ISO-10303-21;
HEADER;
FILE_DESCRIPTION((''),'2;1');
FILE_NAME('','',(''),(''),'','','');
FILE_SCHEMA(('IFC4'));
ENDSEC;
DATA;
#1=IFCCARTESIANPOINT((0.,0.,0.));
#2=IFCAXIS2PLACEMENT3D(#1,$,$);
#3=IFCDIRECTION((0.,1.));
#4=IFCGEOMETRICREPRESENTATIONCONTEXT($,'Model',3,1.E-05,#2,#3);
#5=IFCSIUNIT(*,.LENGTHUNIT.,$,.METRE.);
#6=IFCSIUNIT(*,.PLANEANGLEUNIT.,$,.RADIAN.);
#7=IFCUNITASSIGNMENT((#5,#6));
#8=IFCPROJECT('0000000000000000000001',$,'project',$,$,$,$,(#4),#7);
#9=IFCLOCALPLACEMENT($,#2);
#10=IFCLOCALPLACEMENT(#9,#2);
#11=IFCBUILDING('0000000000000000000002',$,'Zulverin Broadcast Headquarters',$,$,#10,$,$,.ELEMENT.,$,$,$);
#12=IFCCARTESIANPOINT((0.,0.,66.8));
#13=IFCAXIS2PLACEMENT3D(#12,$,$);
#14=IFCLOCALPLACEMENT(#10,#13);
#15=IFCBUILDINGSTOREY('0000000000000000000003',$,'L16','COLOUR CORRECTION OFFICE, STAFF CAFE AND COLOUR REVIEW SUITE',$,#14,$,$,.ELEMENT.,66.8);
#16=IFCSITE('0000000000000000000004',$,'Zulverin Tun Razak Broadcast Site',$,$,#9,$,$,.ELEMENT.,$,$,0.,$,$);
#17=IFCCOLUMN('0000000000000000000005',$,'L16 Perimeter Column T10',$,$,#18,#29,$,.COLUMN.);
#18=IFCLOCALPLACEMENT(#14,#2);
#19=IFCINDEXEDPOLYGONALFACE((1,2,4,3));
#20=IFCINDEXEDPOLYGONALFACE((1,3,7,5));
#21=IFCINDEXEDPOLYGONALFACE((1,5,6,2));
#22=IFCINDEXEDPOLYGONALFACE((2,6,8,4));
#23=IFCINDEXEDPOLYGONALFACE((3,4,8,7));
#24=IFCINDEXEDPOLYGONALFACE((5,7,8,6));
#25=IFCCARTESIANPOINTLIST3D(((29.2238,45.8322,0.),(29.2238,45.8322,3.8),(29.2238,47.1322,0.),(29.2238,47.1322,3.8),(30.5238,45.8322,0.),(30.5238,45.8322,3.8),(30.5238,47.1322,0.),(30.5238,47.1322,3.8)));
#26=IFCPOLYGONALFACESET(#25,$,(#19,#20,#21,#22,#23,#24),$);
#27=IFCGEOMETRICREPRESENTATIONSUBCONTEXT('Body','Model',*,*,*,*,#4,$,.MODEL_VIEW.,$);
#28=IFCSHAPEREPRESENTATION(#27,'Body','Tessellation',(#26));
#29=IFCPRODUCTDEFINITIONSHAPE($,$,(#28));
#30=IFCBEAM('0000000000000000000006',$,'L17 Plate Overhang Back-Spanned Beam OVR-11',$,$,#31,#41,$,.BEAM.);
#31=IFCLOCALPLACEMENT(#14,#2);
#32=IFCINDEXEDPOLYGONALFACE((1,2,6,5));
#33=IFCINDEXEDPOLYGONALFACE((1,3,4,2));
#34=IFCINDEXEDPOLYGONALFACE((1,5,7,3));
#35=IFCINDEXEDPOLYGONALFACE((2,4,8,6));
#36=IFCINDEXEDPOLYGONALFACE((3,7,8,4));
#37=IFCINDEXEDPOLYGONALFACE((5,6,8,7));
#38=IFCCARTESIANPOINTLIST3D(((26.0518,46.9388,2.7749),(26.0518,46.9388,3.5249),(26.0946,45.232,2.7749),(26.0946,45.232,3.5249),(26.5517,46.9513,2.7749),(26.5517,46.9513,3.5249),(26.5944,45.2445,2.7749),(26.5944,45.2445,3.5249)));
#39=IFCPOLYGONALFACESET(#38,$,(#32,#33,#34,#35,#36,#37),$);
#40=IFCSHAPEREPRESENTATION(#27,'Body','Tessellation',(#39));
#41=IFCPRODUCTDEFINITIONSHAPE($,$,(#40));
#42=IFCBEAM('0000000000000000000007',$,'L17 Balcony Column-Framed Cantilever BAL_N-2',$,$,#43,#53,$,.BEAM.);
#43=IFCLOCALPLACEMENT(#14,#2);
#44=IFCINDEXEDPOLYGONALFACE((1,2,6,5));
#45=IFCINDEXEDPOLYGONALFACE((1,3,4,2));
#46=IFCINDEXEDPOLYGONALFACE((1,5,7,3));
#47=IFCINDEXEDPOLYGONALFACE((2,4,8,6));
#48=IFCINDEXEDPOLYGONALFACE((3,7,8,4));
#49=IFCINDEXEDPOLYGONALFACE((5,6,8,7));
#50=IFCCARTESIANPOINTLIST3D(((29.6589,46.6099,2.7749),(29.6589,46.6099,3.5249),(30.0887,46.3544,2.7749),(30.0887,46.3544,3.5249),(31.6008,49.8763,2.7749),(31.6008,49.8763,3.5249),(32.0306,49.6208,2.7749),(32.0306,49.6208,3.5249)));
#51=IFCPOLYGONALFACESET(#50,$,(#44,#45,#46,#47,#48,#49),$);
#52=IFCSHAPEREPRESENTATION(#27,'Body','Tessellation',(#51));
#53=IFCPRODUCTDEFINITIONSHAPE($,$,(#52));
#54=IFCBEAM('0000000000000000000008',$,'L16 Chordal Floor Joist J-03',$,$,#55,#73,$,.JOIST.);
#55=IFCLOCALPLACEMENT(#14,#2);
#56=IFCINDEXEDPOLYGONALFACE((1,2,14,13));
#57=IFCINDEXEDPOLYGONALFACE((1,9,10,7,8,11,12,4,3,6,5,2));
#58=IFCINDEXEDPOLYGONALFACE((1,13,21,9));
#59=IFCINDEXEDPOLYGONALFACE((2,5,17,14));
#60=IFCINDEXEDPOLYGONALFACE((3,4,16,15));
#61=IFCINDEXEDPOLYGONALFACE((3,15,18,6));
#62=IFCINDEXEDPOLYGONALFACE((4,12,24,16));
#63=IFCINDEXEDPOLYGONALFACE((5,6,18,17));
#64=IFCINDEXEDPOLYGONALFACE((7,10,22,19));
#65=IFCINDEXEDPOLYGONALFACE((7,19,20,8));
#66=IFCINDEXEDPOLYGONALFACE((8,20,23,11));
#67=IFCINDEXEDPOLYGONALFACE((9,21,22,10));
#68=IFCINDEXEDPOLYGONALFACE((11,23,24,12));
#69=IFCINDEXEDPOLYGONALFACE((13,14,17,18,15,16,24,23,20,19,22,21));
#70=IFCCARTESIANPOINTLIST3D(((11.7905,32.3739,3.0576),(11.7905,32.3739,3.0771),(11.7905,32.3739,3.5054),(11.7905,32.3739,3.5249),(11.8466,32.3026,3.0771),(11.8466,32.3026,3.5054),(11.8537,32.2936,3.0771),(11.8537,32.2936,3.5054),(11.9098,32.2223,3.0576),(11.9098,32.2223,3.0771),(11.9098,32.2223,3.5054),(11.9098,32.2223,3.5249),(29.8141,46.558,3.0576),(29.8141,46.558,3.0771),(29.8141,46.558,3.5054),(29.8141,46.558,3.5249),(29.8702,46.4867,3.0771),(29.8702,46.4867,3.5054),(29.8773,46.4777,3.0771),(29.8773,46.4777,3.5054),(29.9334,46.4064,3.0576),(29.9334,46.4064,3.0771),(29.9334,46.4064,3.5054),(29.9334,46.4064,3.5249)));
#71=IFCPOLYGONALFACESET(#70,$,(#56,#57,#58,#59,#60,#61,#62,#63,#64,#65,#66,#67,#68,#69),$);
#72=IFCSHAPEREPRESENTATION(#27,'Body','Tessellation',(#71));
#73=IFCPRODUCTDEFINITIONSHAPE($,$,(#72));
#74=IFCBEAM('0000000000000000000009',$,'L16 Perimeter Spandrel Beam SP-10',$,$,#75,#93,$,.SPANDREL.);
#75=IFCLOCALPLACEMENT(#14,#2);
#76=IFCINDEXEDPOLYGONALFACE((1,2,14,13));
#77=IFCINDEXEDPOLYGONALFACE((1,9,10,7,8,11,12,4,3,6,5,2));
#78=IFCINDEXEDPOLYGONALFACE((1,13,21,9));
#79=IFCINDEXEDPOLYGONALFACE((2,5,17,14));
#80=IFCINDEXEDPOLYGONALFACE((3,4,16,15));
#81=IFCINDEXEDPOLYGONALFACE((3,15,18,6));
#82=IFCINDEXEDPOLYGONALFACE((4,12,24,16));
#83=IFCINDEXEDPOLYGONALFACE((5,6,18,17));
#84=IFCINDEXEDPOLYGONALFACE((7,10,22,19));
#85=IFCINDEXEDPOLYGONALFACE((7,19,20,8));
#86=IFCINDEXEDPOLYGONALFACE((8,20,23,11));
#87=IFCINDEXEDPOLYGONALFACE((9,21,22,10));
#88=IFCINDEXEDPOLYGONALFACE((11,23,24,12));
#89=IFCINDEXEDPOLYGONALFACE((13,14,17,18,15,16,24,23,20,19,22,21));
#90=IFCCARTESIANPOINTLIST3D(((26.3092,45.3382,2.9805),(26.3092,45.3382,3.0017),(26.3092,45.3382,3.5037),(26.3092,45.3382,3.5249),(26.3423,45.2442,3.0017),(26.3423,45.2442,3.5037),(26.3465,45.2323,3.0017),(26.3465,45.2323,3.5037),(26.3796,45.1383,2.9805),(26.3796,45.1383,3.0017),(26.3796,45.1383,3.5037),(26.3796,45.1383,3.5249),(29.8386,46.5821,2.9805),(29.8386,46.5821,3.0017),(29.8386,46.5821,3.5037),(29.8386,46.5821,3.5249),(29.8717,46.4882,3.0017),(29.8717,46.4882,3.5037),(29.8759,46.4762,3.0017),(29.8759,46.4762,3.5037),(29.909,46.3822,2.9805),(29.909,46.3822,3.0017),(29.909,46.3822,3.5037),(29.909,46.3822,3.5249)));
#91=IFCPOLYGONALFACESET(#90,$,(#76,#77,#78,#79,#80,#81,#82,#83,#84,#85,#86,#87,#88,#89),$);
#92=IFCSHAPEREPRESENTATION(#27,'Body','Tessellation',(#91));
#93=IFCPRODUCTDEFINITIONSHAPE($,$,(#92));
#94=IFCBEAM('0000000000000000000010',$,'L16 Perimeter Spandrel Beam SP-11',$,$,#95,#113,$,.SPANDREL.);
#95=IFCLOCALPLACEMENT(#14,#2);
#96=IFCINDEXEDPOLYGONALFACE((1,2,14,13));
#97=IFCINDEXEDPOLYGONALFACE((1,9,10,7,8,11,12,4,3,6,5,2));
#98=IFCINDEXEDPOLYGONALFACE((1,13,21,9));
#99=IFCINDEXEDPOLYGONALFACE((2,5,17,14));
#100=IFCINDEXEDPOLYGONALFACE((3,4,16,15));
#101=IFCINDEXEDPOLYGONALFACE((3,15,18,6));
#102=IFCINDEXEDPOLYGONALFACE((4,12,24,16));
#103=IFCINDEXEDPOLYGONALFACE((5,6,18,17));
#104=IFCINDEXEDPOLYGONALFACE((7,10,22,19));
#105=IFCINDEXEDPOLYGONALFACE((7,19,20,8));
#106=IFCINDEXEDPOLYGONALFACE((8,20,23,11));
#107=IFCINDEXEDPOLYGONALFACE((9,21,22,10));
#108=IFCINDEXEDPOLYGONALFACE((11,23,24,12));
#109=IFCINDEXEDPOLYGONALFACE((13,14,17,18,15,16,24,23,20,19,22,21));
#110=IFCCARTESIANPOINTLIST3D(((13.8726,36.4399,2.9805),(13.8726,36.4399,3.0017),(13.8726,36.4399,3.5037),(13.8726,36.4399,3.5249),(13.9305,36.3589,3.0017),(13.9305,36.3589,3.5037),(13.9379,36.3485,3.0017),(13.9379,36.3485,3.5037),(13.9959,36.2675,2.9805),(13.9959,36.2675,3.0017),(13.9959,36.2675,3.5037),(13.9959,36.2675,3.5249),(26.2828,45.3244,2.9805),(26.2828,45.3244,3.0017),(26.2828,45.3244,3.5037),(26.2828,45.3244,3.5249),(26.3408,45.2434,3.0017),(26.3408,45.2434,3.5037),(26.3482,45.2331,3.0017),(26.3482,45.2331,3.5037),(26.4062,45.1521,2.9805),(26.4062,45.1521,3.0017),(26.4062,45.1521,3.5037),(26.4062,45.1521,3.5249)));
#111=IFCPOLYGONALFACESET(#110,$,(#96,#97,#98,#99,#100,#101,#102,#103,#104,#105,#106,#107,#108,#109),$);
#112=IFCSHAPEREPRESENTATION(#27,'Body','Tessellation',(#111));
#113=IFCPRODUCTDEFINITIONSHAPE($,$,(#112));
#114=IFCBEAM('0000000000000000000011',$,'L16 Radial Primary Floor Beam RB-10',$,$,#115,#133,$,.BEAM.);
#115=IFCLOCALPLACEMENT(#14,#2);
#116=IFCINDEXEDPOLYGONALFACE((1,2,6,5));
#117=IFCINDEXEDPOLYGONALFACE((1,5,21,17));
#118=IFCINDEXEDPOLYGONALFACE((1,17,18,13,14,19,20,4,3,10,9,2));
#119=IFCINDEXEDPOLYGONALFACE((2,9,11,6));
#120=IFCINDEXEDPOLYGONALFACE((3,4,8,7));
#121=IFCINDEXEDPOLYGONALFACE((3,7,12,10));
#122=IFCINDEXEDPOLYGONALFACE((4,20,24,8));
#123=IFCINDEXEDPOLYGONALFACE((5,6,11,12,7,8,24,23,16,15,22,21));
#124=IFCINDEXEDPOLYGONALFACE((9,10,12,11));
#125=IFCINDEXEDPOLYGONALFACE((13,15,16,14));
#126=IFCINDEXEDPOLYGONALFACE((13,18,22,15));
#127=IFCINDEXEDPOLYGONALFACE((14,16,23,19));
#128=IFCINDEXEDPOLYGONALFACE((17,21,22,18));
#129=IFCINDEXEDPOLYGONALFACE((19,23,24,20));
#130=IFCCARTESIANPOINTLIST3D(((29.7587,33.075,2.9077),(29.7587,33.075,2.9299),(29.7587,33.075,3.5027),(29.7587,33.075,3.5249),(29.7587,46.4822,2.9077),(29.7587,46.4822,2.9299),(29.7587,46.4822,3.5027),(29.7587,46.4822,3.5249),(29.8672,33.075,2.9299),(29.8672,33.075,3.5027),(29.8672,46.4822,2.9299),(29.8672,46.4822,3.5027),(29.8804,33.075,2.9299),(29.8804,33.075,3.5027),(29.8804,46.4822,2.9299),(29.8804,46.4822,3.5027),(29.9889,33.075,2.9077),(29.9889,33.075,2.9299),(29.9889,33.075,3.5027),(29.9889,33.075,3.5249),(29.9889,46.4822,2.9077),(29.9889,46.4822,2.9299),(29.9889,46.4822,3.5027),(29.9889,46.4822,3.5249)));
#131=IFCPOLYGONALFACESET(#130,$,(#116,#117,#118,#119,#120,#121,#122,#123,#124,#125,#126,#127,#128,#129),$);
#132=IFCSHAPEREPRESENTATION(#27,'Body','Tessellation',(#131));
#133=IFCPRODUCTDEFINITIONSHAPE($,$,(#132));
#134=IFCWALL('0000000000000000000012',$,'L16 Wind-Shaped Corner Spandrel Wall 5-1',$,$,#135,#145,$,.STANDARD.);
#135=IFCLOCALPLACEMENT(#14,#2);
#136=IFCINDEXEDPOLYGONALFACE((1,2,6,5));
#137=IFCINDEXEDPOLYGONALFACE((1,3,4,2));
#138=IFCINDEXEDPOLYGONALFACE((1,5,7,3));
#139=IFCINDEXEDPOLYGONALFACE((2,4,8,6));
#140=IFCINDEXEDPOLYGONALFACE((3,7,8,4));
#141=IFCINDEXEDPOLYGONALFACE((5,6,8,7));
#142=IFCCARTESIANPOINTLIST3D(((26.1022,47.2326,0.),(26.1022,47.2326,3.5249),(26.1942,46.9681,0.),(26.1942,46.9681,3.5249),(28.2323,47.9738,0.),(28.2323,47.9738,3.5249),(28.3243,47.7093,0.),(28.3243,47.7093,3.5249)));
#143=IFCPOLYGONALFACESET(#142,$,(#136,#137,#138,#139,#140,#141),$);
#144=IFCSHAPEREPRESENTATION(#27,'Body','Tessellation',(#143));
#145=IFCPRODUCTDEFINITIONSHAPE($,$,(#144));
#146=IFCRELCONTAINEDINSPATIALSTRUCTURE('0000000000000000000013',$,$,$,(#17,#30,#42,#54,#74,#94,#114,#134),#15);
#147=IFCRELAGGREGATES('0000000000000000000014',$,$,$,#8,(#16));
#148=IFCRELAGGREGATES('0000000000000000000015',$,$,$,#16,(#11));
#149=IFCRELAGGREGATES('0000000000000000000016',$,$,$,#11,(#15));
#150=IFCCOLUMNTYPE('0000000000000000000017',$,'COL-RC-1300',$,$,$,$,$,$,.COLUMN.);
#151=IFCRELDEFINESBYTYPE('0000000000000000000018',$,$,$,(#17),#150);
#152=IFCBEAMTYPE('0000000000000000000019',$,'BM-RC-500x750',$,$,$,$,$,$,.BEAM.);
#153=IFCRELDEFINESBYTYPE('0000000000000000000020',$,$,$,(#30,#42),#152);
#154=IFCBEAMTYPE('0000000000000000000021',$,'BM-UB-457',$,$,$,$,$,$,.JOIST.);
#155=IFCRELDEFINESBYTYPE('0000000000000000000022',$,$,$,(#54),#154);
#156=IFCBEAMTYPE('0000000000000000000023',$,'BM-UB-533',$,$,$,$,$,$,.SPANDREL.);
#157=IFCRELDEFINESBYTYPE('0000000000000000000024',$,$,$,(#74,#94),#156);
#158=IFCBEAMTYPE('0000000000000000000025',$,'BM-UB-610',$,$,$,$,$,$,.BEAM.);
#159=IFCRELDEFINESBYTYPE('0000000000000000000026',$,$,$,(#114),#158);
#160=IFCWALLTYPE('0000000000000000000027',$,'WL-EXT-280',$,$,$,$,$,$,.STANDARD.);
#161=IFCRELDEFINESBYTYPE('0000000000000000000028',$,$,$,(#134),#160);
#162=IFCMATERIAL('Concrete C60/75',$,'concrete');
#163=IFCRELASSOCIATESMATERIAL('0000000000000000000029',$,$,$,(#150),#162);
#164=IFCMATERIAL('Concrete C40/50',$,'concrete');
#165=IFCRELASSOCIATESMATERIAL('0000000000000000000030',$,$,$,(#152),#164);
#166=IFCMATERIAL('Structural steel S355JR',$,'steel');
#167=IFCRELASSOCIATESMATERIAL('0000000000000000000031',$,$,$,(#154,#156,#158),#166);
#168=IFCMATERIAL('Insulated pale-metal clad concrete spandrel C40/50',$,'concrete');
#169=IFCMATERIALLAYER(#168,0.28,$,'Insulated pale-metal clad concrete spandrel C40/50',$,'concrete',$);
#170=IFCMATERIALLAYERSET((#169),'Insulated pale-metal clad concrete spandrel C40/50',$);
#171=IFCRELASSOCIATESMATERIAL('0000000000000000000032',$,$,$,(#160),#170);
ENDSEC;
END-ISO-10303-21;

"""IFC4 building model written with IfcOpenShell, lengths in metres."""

from ifc_helpers import new_model, si_unit, direction, frame, frame_2d, origin, origin_2d, place, context, subcontext, project, spatial, rectangle, i_section, extrude, material, layer, layer_set, material_profile, profile_set, type_object, element, save


model = new_model("IFC4")

# Units and contexts
model_context = context("Model", 3, precision=1e-05, world=origin(), true_north=direction((0.0, 1.0)))
body_context = subcontext(model_context, "Body", "Model", "MODEL_VIEW")
ifc_project = project(units=[si_unit("LENGTHUNIT", "METRE"), si_unit("PLANEANGLEUNIT", "RADIAN")], contexts=[model_context])

# Site, building, storey
site_placement = place(None, origin())
site = spatial("IfcSite", under=ifc_project, at=site_placement, Name="Zulverin Tun Razak Broadcast Site", CompositionType="ELEMENT", RefElevation=0.0)
building_placement = place(site_placement, origin())
building = spatial("IfcBuilding", under=site, at=building_placement, Name="Zulverin Broadcast Headquarters", CompositionType="ELEMENT")
storey_placement = place(building_placement, frame((0.0, 0.0, 66.8)))
storey = spatial("IfcBuildingStorey", under=building, at=storey_placement, Name="L16", Description="COLOUR CORRECTION OFFICE, STAFF CAFE AND COLOUR REVIEW SUITE", CompositionType="ELEMENT", Elevation=66.8)

# Column
ifc_material_1 = material(Name="Concrete C60/75", Category="concrete")
ifc_material_profile_1 = material_profile(ifc_material_1, rectangle(XDim=1.3, YDim=1.3, at=origin_2d()), Name="Concrete C60/75", Category="concrete")
ifc_profile_set_1 = profile_set([ifc_material_profile_1], Name="Concrete C60/75")
column_type = type_object("IfcColumnType", Name="COL-RC-1300", PredefinedType="COLUMN", material=ifc_profile_set_1)
column_placement = place(storey_placement, frame((29.8738, 46.4822, 0.0), z_axis=(0.0, 0.0, 1.0), x_axis=(1.0, 0.0, 0.0)))
element("IfcColumn", 1, at=column_placement, inside=storey, type_object=column_type, Name="L16 Perimeter Column T10", PredefinedType="COLUMN", context=body_context, shape_type="SweptSolid", body=[
    extrude(rectangle(XDim=1.3, YDim=1.3, at=origin_2d()), origin(), (0.0, 0.0, 1.0), 3.8),
])

# Beams
ifc_material_2 = material(Name="Concrete C40/50", Category="concrete")
ifc_material_profile_2 = material_profile(ifc_material_2, rectangle(XDim=0.5, YDim=0.75, at=origin_2d()), Name="Concrete C40/50", Category="concrete")
ifc_profile_set_2 = profile_set([ifc_material_profile_2], Name="Concrete C40/50")
beam_type_1 = type_object("IfcBeamType", Name="BM-RC-500x750", PredefinedType="BEAM", material=ifc_profile_set_2)
beam_1_placement = place(storey_placement, frame((26.3445, 45.2383, 3.1499), z_axis=(-0.025024, 0.999687, 0.0), x_axis=(-0.999687, -0.025024, 0.0)))
element("IfcBeam", 2, at=beam_1_placement, inside=storey, type_object=beam_type_1, Name="L17 Plate Overhang Back-Spanned Beam OVR-11", PredefinedType="BEAM", context=body_context, shape_type="SweptSolid", body=[
    extrude(rectangle(XDim=0.5, YDim=0.75, at=origin_2d()), origin(), (0.0, 0.0, 1.0), 1.7073),
])
beam_2_placement = place(storey_placement, frame((29.8738, 46.4822, 3.1499), z_axis=(0.511024, 0.859566, 0.0), x_axis=(-0.859566, 0.511024, 0.0)))
element("IfcBeam", 3, at=beam_2_placement, inside=storey, type_object=beam_type_1, Name="L17 Balcony Column-Framed Cantilever BAL_N-2", PredefinedType="BEAM", context=body_context, shape_type="SweptSolid", body=[
    extrude(rectangle(XDim=0.5, YDim=0.75, at=origin_2d()), origin(), (0.0, 0.0, 1.0), 3.8),
])
ifc_material_3 = material(Name="Structural steel S355JR", Category="steel")
ifc_material_profile_3 = material_profile(ifc_material_3, i_section(OverallWidth=0.1929, OverallDepth=0.4673, WebThickness=0.0115, FlangeThickness=0.0195, at=origin_2d()), Name="Structural steel S355JR", Category="steel")
ifc_profile_set_3 = profile_set([ifc_material_profile_3], Name="Structural steel S355JR")
beam_type_2 = type_object("IfcBeamType", Name="BM-UB-457", PredefinedType="JOIST", material=ifc_profile_set_3)
beam_3_placement = place(storey_placement, frame((29.8738, 46.4822, 3.2913), z_axis=(-0.785839, -0.618431, 0.0), x_axis=(0.618431, -0.785839, 0.0)))
element("IfcBeam", 4, at=beam_3_placement, inside=storey, type_object=beam_type_2, Name="L16 Chordal Floor Joist J-03", PredefinedType="JOIST", context=body_context, shape_type="SweptSolid", body=[
    extrude(i_section(OverallWidth=0.1929, OverallDepth=0.4673, WebThickness=0.0115, FlangeThickness=0.0195, at=origin_2d()), origin(), (0.0, 0.0, 1.0), 22.9355),
])
ifc_material_profile_4 = material_profile(ifc_material_3, i_section(OverallWidth=0.2119, OverallDepth=0.5444, WebThickness=0.0127, FlangeThickness=0.0212, at=origin_2d()), Name="Structural steel S355JR", Category="steel")
ifc_profile_set_4 = profile_set([ifc_material_profile_4], Name="Structural steel S355JR")
beam_type_3 = type_object("IfcBeamType", Name="BM-UB-533", PredefinedType="SPANDREL", material=ifc_profile_set_4)
beam_4_placement = place(storey_placement, frame((29.8738, 46.4822, 3.2527), z_axis=(-0.943136, -0.332407, 0.0), x_axis=(0.332407, -0.943136, 0.0)))
element("IfcBeam", 5, at=beam_4_placement, inside=storey, type_object=beam_type_3, Name="L16 Perimeter Spandrel Beam SP-10", PredefinedType="SPANDREL", context=body_context, shape_type="SweptSolid", body=[
    extrude(i_section(OverallWidth=0.2119, OverallDepth=0.5444, WebThickness=0.0127, FlangeThickness=0.0212, at=origin_2d()), origin(), (0.0, 0.0, 1.0), 3.7422),
])
beam_5_placement = place(storey_placement, frame((26.3445, 45.2383, 3.2527), z_axis=(-0.813109, -0.582111, 0.0), x_axis=(0.582111, -0.813109, 0.0)))
element("IfcBeam", 6, at=beam_5_placement, inside=storey, type_object=beam_type_3, Name="L16 Perimeter Spandrel Beam SP-11", PredefinedType="SPANDREL", context=body_context, shape_type="SweptSolid", body=[
    extrude(i_section(OverallWidth=0.2119, OverallDepth=0.5444, WebThickness=0.0127, FlangeThickness=0.0212, at=origin_2d()), origin(), (0.0, 0.0, 1.0), 15.2627),
])
ifc_material_profile_5 = material_profile(ifc_material_3, i_section(OverallWidth=0.2302, OverallDepth=0.6172, WebThickness=0.0132, FlangeThickness=0.0222, at=origin_2d()), Name="Structural steel S355JR", Category="steel")
ifc_profile_set_5 = profile_set([ifc_material_profile_5], Name="Structural steel S355JR")
beam_type_4 = type_object("IfcBeamType", Name="BM-UB-610", PredefinedType="BEAM", material=ifc_profile_set_5)
beam_6_placement = place(storey_placement, frame((29.8738, 33.075, 3.2163), z_axis=(0.0, 1.0, 0.0), x_axis=(-1.0, 0.0, 0.0)))
element("IfcBeam", 7, at=beam_6_placement, inside=storey, type_object=beam_type_4, Name="L16 Radial Primary Floor Beam RB-10", PredefinedType="BEAM", context=body_context, shape_type="SweptSolid", body=[
    extrude(i_section(OverallWidth=0.2302, OverallDepth=0.6172, WebThickness=0.0132, FlangeThickness=0.0222, at=origin_2d()), origin(), (0.0, 0.0, 1.0), 13.4072),
])

# Wall
ifc_material_4 = material(Name="Insulated pale-metal clad concrete spandrel C40/50", Category="concrete")
ifc_layer_1 = layer(ifc_material_4, 0.28, Name="Insulated pale-metal clad concrete spandrel C40/50", Category="concrete")
ifc_layer_set_1 = layer_set([ifc_layer_1], Name="Insulated pale-metal clad concrete spandrel C40/50")
wall_type_1 = type_object("IfcWallType", Name="WL-EXT-280", PredefinedType="STANDARD", material=ifc_layer_set_1)
wall_1_placement = place(storey_placement, frame((28.2783, 47.8416, 0.0), z_axis=(0.0, 0.0, 1.0), x_axis=(-0.944456, -0.328638, 0.0)))
element("IfcWall", 8, at=wall_1_placement, inside=storey, type_object=wall_type_1, Name="L16 Wind-Shaped Corner Spandrel Wall 5-1", PredefinedType="STANDARD", context=body_context, shape_type="SweptSolid", body=[
    extrude(rectangle(XDim=2.2554, YDim=0.28, at=frame_2d((1.1277, 0.0))), origin(), (0.0, 0.0, 1.0), 3.5249),
])

save(model, "model.ifc")
